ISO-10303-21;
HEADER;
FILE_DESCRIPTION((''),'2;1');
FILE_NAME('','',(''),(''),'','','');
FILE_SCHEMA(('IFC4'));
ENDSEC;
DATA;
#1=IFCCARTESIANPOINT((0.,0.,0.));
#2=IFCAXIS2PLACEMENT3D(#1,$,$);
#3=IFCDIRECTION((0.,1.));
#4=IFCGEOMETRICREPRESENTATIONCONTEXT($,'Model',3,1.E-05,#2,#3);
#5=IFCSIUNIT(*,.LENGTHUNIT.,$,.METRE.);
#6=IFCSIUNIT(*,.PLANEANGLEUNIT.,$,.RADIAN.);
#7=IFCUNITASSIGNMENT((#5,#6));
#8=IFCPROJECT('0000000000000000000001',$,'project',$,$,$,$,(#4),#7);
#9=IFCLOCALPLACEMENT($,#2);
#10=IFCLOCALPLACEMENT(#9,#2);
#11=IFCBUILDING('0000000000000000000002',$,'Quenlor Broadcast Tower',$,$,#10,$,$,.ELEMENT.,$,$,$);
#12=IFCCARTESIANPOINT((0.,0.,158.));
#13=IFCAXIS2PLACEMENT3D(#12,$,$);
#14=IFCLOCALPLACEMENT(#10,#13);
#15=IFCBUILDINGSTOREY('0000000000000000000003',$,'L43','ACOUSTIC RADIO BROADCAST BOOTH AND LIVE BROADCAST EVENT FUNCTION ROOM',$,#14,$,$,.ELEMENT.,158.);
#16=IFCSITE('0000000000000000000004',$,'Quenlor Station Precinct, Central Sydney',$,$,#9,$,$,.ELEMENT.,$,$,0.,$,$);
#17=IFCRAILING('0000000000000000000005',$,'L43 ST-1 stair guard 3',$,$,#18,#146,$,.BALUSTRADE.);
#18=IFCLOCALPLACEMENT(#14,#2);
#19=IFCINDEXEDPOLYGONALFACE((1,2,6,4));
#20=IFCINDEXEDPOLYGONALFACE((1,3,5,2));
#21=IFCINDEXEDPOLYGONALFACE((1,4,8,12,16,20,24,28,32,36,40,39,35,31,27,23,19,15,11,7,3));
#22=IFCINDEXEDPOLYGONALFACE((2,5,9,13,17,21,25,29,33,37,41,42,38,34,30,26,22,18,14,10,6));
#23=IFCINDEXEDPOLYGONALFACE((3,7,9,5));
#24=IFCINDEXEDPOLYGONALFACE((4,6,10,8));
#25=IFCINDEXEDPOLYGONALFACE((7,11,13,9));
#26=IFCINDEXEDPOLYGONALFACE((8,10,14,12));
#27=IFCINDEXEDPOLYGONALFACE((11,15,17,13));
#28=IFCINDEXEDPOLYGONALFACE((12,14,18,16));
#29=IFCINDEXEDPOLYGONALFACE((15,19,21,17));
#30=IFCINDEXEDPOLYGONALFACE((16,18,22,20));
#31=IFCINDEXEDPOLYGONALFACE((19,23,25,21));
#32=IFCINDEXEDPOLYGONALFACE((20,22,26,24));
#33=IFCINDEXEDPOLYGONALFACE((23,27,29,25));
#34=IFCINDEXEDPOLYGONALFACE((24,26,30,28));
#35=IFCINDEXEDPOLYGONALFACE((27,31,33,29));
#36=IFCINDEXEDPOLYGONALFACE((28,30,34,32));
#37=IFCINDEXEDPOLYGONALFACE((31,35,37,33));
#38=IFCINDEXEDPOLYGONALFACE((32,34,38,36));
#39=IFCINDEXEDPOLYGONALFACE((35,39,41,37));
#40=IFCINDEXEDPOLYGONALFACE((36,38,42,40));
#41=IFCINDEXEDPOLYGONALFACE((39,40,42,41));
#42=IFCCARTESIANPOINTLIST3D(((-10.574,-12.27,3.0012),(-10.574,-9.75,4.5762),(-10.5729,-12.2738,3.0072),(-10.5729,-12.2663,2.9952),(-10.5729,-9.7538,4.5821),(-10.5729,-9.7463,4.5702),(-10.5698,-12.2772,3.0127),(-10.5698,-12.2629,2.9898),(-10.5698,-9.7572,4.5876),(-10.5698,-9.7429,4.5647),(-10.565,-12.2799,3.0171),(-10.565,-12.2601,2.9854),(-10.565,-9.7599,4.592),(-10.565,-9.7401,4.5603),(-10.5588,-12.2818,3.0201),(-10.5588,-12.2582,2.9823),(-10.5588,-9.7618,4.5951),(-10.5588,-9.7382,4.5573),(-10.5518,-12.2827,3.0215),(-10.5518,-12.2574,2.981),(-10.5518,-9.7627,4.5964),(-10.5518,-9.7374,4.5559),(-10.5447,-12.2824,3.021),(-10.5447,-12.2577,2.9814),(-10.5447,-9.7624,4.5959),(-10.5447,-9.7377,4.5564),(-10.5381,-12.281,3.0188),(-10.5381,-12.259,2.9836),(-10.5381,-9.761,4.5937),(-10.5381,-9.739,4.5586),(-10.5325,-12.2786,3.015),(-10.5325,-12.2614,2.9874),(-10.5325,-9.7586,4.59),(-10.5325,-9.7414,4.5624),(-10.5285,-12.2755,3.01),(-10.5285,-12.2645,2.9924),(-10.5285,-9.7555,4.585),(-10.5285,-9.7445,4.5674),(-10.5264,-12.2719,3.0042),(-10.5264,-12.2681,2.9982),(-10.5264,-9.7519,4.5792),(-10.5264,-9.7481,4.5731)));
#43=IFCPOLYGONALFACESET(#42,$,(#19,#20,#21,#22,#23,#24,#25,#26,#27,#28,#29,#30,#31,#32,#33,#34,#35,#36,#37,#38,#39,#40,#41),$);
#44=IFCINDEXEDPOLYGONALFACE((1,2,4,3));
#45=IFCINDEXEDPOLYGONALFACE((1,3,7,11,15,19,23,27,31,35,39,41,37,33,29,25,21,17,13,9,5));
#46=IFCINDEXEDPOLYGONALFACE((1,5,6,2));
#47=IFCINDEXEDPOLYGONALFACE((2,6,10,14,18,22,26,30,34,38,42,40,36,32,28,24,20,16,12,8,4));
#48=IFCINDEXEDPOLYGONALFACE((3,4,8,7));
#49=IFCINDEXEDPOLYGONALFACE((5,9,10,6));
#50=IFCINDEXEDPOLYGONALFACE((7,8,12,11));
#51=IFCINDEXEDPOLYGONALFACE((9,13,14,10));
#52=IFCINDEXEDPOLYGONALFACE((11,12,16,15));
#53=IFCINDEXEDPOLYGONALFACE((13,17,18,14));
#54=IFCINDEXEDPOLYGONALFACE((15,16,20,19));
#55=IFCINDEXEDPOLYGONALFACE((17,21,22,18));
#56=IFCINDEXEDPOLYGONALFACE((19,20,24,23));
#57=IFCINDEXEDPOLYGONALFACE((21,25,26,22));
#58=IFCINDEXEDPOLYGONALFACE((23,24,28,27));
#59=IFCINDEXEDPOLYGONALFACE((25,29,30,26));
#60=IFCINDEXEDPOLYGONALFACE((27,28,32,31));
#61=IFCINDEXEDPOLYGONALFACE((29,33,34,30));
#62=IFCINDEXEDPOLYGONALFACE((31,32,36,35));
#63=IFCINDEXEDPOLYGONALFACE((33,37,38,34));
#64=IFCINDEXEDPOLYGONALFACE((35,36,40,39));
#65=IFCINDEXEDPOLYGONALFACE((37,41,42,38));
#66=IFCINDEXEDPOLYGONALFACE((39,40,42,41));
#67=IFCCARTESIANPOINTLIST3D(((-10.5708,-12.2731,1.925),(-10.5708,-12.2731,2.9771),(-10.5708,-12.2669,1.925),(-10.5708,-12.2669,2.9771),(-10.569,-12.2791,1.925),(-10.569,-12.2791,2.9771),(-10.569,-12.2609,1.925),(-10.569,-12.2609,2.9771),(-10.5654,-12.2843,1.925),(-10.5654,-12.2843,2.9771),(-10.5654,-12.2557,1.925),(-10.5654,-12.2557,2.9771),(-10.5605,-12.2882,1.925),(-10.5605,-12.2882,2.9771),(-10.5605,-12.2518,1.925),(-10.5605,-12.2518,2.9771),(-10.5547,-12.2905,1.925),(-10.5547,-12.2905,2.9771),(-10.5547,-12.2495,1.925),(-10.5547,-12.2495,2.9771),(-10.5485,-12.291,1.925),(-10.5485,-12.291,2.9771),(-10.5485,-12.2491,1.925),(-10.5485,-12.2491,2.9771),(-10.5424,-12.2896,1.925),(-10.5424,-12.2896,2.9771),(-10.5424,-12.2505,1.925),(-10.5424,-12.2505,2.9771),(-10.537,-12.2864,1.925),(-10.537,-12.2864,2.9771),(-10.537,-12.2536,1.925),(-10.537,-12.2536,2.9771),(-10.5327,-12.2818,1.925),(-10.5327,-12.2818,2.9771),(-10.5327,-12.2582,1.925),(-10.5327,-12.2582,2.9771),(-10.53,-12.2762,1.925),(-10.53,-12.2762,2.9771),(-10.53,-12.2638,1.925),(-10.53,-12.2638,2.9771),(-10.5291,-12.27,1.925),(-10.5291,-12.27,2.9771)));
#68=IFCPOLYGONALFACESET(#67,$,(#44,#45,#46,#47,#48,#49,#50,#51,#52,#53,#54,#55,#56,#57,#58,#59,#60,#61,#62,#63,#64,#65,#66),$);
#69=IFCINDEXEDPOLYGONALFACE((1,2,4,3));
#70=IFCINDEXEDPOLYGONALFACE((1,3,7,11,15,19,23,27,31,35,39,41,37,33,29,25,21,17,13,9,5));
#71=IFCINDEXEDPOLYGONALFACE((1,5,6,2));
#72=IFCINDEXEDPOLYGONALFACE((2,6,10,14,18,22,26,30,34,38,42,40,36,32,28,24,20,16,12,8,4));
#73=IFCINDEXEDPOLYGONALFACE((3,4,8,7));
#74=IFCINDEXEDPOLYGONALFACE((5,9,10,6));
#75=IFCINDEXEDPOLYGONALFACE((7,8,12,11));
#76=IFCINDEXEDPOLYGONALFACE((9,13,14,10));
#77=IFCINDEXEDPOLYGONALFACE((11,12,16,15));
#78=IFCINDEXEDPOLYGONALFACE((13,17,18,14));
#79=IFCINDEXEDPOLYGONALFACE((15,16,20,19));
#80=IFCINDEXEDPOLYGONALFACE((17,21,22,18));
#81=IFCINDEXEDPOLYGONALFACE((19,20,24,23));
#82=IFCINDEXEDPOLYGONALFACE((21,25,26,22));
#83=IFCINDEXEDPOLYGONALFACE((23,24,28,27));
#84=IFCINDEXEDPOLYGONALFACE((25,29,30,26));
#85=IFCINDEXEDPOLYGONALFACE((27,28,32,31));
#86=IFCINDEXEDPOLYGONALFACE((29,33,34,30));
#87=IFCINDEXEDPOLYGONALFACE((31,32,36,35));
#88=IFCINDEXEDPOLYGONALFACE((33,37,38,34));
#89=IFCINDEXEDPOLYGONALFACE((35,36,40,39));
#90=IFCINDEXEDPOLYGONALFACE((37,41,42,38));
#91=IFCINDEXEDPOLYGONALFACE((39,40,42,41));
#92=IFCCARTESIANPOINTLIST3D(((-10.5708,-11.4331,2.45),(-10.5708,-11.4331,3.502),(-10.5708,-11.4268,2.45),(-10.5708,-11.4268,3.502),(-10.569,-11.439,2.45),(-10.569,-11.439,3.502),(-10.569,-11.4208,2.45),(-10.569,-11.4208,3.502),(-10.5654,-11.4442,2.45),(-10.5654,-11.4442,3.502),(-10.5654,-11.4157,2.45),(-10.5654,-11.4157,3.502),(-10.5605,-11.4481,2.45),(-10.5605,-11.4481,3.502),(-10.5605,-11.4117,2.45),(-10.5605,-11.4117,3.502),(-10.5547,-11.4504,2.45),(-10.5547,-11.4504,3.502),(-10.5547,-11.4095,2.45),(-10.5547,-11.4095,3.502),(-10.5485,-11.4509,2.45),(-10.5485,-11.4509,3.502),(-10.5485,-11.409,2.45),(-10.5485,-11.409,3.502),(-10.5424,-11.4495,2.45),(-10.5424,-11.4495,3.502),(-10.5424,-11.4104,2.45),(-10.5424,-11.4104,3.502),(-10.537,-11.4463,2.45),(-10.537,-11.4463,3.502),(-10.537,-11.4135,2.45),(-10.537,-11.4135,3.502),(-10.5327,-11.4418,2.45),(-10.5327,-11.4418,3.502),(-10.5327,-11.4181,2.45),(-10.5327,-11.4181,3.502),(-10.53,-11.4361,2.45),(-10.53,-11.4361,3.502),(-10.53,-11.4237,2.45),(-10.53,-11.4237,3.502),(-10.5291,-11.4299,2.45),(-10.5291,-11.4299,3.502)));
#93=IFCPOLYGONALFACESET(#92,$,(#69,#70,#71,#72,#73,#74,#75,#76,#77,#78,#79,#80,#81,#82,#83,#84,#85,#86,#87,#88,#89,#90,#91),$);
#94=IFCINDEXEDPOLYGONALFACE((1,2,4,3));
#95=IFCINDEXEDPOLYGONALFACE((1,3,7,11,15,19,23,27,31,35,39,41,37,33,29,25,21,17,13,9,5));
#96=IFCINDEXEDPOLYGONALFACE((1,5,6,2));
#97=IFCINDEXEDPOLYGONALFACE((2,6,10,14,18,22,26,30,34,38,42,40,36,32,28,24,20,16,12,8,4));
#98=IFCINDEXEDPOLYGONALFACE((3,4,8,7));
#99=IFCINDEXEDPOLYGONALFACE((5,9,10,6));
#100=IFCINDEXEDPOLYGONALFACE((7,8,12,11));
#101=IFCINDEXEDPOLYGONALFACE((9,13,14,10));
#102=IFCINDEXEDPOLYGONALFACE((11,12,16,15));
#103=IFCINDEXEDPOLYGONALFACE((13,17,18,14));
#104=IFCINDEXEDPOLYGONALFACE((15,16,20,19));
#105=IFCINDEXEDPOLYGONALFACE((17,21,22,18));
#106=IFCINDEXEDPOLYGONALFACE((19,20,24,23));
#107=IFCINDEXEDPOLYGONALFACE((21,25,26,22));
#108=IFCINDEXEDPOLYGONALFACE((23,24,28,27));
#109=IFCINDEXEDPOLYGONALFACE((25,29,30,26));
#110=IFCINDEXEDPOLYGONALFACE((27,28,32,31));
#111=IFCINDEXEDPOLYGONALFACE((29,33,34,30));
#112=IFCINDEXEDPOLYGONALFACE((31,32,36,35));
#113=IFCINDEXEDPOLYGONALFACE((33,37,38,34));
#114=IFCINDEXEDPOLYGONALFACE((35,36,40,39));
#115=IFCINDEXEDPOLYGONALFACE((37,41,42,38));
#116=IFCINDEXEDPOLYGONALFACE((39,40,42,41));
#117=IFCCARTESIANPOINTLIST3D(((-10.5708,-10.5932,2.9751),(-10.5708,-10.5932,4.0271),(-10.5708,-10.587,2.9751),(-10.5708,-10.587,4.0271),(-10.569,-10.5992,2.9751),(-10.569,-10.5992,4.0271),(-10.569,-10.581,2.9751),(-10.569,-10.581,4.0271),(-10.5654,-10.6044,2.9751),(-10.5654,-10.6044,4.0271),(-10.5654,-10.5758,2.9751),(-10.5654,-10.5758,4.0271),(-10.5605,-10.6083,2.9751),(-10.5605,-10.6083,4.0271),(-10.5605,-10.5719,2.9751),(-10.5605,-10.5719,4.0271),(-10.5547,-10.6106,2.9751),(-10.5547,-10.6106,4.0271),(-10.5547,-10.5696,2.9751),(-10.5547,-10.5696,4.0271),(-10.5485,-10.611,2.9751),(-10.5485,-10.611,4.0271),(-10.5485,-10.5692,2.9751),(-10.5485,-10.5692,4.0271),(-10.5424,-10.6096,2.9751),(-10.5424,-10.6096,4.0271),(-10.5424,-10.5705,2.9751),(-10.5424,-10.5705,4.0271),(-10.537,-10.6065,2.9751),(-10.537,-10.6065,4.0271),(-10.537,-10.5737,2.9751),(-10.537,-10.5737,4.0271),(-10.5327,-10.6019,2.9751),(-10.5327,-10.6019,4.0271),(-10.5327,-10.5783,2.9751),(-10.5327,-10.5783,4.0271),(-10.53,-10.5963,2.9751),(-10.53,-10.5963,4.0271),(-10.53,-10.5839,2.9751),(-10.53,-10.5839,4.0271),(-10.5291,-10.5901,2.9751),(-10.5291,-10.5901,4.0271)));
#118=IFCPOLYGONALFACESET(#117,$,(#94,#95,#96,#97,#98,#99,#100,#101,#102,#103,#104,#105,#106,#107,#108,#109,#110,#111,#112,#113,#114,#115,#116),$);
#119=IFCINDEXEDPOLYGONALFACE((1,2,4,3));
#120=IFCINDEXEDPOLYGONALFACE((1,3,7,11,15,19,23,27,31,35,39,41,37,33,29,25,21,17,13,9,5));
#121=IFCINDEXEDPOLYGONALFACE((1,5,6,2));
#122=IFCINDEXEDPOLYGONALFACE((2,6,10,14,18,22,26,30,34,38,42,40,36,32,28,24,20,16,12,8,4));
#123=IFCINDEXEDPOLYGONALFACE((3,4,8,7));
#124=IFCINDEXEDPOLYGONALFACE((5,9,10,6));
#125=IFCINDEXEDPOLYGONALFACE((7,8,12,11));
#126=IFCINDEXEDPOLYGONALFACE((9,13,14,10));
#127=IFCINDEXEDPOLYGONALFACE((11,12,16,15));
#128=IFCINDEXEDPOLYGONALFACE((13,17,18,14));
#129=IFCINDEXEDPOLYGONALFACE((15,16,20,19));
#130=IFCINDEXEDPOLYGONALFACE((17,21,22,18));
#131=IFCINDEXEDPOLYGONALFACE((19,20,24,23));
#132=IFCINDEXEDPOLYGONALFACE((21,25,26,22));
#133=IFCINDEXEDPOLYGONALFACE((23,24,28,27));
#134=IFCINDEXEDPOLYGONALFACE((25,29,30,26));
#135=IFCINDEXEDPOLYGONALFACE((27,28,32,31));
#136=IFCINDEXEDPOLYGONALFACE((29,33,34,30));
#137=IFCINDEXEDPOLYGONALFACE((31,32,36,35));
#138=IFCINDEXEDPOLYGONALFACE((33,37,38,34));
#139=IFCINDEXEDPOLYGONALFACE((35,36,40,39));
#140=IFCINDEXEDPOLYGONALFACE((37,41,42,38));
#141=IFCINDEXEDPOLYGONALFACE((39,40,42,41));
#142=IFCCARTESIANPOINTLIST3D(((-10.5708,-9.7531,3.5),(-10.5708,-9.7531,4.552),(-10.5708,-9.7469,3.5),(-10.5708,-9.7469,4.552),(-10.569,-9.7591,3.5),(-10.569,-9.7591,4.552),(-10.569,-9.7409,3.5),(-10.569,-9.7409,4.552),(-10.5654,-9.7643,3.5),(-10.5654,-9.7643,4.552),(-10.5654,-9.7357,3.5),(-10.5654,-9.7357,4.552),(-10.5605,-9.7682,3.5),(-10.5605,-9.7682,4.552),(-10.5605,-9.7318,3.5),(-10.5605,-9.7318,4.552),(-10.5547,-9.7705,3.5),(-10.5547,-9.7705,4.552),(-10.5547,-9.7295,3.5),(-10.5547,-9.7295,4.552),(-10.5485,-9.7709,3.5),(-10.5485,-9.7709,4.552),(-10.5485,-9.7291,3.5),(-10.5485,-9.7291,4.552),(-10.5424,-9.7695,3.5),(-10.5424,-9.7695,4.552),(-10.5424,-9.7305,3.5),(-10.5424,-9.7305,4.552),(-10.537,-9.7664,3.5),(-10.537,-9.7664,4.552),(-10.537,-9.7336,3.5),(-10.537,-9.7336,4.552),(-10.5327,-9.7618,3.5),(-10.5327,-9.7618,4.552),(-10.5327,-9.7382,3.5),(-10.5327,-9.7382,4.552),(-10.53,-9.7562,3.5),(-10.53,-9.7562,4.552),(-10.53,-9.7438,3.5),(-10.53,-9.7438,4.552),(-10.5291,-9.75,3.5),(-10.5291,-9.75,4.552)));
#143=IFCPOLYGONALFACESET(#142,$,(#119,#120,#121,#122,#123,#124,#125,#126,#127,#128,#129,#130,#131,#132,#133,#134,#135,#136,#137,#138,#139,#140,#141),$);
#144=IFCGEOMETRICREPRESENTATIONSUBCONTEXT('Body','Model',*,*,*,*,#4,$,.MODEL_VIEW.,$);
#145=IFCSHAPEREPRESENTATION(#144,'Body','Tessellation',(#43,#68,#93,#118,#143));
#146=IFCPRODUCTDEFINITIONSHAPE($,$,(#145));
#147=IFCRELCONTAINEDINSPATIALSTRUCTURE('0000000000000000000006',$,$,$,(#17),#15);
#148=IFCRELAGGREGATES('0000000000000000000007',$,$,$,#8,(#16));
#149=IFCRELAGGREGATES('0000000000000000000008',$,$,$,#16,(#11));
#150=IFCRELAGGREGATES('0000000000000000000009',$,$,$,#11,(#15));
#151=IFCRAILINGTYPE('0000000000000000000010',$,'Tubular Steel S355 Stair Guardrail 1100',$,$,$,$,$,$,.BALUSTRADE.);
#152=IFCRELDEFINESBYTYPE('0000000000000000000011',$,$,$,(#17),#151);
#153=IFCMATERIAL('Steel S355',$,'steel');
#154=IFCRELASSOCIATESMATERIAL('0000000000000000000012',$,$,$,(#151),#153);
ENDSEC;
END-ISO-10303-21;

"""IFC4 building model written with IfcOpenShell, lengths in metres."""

from ifc_helpers import new_model, si_unit, direction, frame, origin, origin_2d, place, context, subcontext, project, spatial, circle, extrude, material, type_object, element, save


model = new_model("IFC4")

# Units and contexts
model_context = context("Model", 3, precision=1e-05, world=origin(), true_north=direction((0.0, 1.0)))
body_context = subcontext(model_context, "Body", "Model", "MODEL_VIEW")
ifc_project = project(units=[si_unit("LENGTHUNIT", "METRE"), si_unit("PLANEANGLEUNIT", "RADIAN")], contexts=[model_context])

# Site, building, storey
site_placement = place(None, origin())
site = spatial("IfcSite", under=ifc_project, at=site_placement, Name="Quenlor Station Precinct, Central Sydney", CompositionType="ELEMENT", RefElevation=0.0)
building_placement = place(site_placement, origin())
building = spatial("IfcBuilding", under=site, at=building_placement, Name="Quenlor Broadcast Tower", CompositionType="ELEMENT")
storey_placement = place(building_placement, frame((0.0, 0.0, 158.0)))
storey = spatial("IfcBuildingStorey", under=building, at=storey_placement, Name="L43", Description="ACOUSTIC RADIO BROADCAST BOOTH AND LIVE BROADCAST EVENT FUNCTION ROOM", CompositionType="ELEMENT", Elevation=158.0)

# Railing
ifc_material_1 = material(Name="Steel S355", Category="steel")
railing_type_1 = type_object("IfcRailingType", Name="Tubular Steel S355 Stair Guardrail 1100", PredefinedType="BALUSTRADE", material=ifc_material_1)
railing_1_placement = place(storey_placement, frame((-10.55, -12.27, 1.925)))
element("IfcRailing", 1, at=railing_1_placement, inside=storey, type_object=railing_type_1, Name="L43 ST-1 stair guard 3", PredefinedType="BALUSTRADE", context=body_context, shape_type="SweptSolid", body=[
    extrude(circle(Radius=0.0239, at=origin_2d()), frame((0.0, 0.0, 1.0762), z_axis=(0.0, 0.848008, 0.529984), x_axis=(-1.0, 0.0, 0.0)), (0.0, 0.0, 1.0), 2.9717),
    extrude(circle(Radius=0.021, at=origin_2d()), origin(), (0.0, 0.0, 1.0), 1.052),
    extrude(circle(Radius=0.021, at=origin_2d()), frame((0.0, 0.8401, 0.5249)), (0.0, 0.0, 1.0), 1.052),
    extrude(circle(Radius=0.021, at=origin_2d()), frame((0.0, 1.6799, 1.05)), (0.0, 0.0, 1.0), 1.052),
    extrude(circle(Radius=0.021, at=origin_2d()), frame((0.0, 2.52, 1.575)), (0.0, 0.0, 1.0), 1.052),
])

save(model, "model.ifc")
